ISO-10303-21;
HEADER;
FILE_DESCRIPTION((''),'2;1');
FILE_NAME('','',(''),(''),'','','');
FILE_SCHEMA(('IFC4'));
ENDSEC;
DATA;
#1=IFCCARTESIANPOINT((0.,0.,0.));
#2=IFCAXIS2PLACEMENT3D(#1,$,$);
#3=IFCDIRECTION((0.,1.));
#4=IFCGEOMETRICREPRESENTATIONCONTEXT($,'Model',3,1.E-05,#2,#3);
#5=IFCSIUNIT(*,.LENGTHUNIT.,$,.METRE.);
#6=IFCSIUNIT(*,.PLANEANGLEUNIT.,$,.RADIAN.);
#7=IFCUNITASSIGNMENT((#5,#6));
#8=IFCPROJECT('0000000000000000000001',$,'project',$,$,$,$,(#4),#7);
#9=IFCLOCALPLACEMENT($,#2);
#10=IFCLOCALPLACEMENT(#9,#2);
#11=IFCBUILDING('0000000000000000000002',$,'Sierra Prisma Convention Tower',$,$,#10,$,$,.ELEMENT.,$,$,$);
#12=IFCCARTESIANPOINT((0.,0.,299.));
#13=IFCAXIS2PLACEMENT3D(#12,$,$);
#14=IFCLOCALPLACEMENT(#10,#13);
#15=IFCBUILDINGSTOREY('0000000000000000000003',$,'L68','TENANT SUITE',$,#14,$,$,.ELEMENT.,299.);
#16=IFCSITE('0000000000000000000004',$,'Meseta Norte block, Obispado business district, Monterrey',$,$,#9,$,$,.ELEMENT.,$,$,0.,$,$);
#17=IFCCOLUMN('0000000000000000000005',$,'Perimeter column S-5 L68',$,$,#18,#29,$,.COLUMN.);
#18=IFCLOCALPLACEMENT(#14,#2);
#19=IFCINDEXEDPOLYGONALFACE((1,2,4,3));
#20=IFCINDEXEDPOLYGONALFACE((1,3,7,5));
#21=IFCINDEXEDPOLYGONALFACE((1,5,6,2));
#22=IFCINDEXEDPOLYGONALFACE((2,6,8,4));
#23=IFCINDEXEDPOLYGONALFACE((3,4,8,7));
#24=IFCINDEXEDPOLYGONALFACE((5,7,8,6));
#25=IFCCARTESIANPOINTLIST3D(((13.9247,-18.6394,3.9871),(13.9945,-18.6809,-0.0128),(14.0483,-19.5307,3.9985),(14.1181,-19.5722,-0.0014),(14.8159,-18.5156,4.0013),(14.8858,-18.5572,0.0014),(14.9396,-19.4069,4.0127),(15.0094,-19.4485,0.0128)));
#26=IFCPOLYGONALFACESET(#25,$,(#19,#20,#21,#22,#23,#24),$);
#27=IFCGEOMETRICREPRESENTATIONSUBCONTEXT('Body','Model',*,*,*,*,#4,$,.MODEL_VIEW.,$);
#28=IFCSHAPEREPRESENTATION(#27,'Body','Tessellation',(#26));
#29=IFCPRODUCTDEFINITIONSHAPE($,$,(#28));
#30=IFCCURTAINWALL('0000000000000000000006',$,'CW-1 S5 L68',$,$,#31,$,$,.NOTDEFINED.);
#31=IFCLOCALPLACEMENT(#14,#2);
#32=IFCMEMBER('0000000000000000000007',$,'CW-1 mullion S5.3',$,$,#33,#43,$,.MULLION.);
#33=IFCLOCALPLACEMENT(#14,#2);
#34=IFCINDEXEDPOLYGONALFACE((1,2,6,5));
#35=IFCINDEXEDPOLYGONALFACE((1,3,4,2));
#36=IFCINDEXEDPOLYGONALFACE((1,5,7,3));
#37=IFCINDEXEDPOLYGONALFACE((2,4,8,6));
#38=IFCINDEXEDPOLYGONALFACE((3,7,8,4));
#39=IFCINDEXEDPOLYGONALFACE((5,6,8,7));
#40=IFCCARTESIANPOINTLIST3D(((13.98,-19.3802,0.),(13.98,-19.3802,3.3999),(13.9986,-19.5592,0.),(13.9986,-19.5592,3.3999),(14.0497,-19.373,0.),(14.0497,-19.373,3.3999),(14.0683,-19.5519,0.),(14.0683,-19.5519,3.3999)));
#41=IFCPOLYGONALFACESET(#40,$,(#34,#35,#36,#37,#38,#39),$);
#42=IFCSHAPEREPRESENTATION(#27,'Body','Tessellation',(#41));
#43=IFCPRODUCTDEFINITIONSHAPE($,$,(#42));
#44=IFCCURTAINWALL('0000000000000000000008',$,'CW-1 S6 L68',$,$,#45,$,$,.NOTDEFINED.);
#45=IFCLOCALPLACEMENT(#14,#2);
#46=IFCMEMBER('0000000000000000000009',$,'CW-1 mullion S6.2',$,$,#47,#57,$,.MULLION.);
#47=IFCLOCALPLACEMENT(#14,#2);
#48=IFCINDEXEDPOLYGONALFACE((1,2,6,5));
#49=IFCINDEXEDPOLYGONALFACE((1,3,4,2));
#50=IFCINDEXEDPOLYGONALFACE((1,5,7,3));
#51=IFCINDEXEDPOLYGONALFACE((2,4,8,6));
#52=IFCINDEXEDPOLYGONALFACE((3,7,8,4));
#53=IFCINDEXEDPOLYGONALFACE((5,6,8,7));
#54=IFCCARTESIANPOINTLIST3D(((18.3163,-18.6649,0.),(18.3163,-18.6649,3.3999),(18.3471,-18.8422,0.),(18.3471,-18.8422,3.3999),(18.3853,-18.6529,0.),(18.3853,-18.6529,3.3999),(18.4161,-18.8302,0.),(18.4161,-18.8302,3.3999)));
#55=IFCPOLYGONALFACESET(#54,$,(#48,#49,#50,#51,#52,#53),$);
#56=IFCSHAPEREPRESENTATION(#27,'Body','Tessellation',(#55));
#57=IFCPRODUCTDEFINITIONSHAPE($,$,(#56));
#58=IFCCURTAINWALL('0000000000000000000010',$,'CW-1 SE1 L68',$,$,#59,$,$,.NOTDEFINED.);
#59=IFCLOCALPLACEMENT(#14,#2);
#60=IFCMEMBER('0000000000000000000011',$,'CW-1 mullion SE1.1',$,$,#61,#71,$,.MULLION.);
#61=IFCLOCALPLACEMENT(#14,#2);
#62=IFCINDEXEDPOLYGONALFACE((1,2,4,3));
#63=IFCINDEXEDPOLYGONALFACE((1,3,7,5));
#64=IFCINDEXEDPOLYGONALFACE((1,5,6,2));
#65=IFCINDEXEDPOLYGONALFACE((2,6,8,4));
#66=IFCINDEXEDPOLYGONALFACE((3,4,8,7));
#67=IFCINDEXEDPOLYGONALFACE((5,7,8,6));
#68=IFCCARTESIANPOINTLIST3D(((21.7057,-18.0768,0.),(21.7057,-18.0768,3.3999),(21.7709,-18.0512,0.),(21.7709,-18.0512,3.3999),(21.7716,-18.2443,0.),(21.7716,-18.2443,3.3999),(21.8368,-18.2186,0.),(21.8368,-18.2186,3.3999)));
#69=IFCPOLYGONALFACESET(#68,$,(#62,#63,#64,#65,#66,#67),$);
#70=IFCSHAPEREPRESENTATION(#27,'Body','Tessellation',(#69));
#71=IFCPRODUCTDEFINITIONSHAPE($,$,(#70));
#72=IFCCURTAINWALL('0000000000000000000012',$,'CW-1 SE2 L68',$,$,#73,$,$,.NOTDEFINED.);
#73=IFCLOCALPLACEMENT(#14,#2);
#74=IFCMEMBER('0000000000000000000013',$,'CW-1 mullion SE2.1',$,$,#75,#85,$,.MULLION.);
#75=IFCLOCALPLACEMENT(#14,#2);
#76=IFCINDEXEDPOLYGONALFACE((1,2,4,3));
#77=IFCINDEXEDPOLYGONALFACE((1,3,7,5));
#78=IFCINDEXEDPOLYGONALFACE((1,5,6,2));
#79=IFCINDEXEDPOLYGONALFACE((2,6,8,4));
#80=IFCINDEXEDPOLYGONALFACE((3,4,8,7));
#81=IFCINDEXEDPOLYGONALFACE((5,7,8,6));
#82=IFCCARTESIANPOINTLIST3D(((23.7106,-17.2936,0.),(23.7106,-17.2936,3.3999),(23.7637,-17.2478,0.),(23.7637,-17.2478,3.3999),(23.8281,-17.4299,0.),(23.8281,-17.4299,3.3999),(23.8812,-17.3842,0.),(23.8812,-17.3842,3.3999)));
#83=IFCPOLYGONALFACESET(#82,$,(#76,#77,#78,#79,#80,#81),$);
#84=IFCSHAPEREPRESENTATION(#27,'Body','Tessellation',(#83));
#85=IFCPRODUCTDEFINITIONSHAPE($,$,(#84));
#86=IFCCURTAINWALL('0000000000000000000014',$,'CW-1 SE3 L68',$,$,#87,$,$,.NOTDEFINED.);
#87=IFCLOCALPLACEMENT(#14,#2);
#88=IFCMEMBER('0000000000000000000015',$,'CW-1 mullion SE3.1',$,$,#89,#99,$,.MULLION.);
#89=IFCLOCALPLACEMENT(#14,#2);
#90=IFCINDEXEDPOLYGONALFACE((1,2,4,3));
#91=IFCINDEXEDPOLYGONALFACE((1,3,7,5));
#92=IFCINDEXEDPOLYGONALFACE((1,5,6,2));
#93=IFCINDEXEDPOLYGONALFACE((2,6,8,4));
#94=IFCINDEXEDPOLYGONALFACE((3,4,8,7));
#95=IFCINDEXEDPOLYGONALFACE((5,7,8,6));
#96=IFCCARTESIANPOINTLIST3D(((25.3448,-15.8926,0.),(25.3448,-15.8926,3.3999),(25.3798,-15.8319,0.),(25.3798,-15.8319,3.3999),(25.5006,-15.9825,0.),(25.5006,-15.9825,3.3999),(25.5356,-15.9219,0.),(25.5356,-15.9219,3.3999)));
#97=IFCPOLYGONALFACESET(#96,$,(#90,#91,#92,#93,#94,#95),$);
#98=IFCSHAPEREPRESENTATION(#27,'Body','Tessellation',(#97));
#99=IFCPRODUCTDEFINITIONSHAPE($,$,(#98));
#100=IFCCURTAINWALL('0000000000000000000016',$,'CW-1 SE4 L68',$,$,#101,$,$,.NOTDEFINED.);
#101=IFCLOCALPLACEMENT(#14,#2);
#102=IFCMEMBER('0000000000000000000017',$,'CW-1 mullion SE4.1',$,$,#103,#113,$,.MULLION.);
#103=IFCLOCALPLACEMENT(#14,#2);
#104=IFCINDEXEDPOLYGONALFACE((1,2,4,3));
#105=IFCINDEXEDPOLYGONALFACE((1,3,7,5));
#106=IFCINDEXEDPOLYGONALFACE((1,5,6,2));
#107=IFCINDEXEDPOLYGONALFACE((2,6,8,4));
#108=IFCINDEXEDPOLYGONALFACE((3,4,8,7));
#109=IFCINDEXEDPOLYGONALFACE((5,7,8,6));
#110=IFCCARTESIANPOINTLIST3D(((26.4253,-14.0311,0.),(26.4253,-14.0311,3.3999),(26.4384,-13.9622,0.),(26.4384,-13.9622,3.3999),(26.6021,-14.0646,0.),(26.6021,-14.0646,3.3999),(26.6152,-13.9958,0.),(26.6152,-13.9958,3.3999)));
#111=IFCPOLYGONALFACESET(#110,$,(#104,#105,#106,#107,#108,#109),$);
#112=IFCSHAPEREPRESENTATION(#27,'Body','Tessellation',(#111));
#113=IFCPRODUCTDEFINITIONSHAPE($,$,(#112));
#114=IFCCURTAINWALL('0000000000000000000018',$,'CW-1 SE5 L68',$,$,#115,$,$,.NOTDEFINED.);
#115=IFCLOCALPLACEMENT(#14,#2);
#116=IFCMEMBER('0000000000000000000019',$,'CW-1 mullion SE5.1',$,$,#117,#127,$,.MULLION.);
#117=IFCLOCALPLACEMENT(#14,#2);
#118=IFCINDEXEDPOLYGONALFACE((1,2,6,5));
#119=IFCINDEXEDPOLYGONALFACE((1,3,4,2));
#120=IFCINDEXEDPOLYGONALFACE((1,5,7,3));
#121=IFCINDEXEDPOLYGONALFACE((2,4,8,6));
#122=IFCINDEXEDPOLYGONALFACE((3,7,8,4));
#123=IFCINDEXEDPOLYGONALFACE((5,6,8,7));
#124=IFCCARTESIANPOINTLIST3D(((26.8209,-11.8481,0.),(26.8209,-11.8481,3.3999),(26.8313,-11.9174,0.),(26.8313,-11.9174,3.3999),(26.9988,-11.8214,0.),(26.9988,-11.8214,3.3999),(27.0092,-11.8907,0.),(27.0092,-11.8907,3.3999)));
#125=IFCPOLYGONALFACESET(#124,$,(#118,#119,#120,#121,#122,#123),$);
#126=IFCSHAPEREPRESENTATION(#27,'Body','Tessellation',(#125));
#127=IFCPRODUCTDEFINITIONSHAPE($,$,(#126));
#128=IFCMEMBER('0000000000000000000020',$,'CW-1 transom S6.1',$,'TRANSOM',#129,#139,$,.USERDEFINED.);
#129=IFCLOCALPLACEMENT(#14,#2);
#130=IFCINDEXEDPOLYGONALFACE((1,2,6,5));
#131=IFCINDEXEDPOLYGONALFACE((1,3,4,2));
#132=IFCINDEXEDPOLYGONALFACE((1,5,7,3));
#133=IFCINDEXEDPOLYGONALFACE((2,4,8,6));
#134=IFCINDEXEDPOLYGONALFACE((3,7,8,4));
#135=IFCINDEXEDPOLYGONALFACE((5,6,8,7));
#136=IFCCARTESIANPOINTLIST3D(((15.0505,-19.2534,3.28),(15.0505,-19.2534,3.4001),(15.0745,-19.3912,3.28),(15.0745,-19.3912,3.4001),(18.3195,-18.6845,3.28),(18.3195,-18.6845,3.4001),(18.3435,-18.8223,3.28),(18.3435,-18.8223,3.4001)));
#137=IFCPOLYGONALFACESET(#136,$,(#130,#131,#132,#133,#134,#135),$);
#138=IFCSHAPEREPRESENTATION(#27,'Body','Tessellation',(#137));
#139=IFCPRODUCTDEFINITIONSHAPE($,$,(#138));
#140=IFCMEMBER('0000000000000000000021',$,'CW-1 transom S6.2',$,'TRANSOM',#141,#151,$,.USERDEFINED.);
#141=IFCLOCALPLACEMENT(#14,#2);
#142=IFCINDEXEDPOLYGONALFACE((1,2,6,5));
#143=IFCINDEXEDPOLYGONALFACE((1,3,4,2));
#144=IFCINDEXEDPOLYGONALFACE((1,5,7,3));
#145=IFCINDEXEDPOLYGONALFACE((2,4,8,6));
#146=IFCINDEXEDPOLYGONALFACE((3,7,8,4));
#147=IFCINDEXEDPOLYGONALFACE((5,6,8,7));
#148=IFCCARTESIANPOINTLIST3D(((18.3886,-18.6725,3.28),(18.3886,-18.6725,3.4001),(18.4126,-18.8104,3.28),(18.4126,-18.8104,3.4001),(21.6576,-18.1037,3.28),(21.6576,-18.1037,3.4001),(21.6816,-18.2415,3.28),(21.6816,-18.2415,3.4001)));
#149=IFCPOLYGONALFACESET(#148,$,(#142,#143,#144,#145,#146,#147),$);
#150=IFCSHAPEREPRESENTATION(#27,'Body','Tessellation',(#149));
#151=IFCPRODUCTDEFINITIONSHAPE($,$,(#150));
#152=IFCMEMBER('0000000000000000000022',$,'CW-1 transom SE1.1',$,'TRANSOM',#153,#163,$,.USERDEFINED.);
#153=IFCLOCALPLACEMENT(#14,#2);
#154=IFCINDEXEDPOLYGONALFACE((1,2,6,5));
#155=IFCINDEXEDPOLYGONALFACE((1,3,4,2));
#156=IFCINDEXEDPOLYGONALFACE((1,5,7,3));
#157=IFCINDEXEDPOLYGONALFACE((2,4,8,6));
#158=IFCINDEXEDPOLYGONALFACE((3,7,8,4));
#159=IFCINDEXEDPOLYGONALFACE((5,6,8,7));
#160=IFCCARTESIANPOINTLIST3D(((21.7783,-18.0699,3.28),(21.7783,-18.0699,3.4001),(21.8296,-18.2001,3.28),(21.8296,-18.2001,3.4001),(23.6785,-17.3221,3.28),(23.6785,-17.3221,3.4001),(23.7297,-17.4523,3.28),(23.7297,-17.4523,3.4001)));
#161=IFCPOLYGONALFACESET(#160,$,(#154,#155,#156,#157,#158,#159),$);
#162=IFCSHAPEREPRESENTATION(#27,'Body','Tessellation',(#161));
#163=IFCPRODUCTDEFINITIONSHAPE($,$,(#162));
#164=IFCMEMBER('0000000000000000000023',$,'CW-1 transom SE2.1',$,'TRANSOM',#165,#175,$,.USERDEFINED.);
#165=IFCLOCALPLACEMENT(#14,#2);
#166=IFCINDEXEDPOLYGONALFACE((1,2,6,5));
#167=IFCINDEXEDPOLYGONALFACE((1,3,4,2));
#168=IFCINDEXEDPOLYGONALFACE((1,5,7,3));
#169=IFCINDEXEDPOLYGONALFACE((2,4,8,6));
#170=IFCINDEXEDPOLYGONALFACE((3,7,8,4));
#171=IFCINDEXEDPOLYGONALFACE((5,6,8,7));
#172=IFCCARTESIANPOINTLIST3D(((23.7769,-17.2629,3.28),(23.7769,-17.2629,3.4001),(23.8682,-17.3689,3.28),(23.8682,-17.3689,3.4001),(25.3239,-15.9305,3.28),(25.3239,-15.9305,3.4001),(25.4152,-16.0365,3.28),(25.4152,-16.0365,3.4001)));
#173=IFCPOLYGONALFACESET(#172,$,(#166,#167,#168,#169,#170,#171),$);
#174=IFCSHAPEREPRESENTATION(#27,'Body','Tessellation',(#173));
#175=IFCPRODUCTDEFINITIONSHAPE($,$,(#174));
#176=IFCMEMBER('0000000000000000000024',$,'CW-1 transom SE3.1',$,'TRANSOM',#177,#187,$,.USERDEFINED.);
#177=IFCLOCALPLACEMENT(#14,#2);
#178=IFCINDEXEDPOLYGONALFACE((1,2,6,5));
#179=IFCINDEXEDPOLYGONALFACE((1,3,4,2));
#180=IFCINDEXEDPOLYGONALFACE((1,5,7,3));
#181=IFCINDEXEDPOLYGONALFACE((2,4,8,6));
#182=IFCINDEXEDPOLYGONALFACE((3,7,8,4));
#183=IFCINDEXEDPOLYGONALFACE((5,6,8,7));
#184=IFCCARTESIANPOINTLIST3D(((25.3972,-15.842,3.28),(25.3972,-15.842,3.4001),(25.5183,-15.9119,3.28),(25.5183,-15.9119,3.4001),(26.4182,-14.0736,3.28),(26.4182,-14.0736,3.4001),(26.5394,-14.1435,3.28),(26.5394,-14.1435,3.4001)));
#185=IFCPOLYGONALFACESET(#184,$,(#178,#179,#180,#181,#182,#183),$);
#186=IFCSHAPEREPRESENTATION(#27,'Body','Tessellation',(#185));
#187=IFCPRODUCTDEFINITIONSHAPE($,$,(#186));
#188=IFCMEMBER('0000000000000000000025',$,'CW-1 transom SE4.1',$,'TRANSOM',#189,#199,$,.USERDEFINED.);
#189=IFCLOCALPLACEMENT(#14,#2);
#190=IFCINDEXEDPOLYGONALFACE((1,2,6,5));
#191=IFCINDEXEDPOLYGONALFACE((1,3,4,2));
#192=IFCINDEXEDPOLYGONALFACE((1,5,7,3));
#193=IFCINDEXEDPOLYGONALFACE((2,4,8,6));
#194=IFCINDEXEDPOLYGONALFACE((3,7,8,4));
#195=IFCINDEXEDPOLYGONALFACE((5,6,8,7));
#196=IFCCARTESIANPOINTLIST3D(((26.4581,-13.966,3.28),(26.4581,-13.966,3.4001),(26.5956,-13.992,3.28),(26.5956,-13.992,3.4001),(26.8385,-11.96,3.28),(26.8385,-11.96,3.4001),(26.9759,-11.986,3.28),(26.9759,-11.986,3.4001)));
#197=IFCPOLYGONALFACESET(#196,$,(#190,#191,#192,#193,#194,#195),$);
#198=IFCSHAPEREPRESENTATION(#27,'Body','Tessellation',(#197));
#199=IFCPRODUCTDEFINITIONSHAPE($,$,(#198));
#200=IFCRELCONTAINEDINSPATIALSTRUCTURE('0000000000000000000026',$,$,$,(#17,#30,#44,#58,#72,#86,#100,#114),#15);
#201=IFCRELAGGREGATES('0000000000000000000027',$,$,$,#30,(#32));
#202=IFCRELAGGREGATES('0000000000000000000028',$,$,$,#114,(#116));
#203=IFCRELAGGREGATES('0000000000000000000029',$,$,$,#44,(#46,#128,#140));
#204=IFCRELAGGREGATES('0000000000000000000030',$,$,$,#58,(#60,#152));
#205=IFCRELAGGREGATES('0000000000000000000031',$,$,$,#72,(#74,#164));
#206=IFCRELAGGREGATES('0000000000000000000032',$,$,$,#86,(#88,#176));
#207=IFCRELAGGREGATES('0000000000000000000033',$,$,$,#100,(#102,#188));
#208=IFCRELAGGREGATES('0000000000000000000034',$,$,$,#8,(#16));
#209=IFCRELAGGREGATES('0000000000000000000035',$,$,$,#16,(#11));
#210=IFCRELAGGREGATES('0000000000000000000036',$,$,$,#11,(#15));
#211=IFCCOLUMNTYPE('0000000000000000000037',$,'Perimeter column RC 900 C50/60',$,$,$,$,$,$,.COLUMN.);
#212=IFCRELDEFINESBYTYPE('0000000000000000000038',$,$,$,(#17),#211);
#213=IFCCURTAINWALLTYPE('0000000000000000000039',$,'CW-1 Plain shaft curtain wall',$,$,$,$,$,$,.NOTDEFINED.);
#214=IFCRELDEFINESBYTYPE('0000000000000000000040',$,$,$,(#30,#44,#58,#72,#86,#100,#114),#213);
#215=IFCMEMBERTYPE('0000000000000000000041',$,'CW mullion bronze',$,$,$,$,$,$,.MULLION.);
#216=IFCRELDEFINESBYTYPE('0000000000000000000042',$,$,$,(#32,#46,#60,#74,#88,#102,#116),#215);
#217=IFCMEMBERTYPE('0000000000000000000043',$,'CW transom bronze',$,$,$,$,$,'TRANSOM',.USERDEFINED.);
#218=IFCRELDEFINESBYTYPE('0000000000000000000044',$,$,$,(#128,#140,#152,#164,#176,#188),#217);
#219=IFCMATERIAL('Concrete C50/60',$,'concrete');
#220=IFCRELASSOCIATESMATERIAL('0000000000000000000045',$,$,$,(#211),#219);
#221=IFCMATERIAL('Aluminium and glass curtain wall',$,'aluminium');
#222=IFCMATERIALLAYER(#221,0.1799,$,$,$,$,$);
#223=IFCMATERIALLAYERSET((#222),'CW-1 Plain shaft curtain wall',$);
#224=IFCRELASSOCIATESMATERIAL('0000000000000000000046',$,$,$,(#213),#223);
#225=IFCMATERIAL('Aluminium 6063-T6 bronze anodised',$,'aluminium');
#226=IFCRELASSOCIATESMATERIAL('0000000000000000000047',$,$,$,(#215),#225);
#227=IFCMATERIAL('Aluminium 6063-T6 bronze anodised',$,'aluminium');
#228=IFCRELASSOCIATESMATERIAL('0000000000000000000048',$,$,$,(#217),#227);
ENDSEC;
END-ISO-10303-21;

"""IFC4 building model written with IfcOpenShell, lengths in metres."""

from ifc_helpers import new_model, si_unit, direction, frame, origin, origin_2d, place, context, subcontext, project, spatial, rectangle, extrude, material, layer, layer_set, material_profile, profile_set, type_object, element, aggregate, save


model = new_model("IFC4")

# Units and contexts
model_context = context("Model", 3, precision=1e-05, world=origin(), true_north=direction((0.0, 1.0)))
body_context = subcontext(model_context, "Body", "Model", "MODEL_VIEW")
ifc_project = project(units=[si_unit("LENGTHUNIT", "METRE"), si_unit("PLANEANGLEUNIT", "RADIAN")], contexts=[model_context])

# Site, building, storey
site_placement = place(None, origin())
site = spatial("IfcSite", under=ifc_project, at=site_placement, Name="Meseta Norte block, Obispado business district, Monterrey", CompositionType="ELEMENT", RefElevation=0.0)
building_placement = place(site_placement, origin())
building = spatial("IfcBuilding", under=site, at=building_placement, Name="Sierra Prisma Convention Tower", CompositionType="ELEMENT")
storey_placement = place(building_placement, frame((0.0, 0.0, 299.0)))
storey = spatial("IfcBuildingStorey", under=building, at=storey_placement, Name="L68", Description="TENANT SUITE", CompositionType="ELEMENT", Elevation=299.0)

# Column
ifc_material_1 = material(Name="Concrete C50/60", Category="concrete")
ifc_material_profile_1 = material_profile(ifc_material_1, rectangle(XDim=0.8999, YDim=0.8999, at=origin_2d()), Name="Perimeter column RC 900 C50/60")
ifc_profile_set_1 = profile_set([ifc_material_profile_1], Name="Concrete C50/60")
column_type = type_object("IfcColumnType", Name="Perimeter column RC 900 C50/60", PredefinedType="COLUMN", material=ifc_profile_set_1)
column_placement = place(storey_placement, frame((14.502, -19.0647, 0.0), z_axis=(-0.017452, 0.010374, 0.999794), x_axis=(0.990366, 0.137561, 0.015861)))
element("IfcColumn", 1, at=column_placement, inside=storey, type_object=column_type, Name="Perimeter column S-5 L68", PredefinedType="COLUMN", context=body_context, shape_type="SweptSolid", body=[
    extrude(rectangle(XDim=0.8999, YDim=0.8999, at=origin_2d()), origin(), (0.0, 0.0, 1.0), 4.0007),
])

# Curtain walls, members
ifc_material_2 = material(Name="Aluminium and glass curtain wall", Category="aluminium")
ifc_layer_1 = layer(ifc_material_2, 0.1799)
ifc_layer_set_1 = layer_set([ifc_layer_1], Name="CW-1 Plain shaft curtain wall")
curtain_wall_type = type_object("IfcCurtainWallType", Name="CW-1 Plain shaft curtain wall", PredefinedType="NOTDEFINED", material=ifc_layer_set_1)
curtain_wall_1_placement = place(storey_placement, origin())
curtain_wall_1 = element("IfcCurtainWall", 2, at=curtain_wall_1_placement, inside=storey, type_object=curtain_wall_type, Name="CW-1 S5 L68", PredefinedType="NOTDEFINED")
ifc_material_3 = material(Name="Aluminium 6063-T6 bronze anodised", Category="aluminium")
ifc_material_profile_2 = material_profile(ifc_material_3, rectangle(XDim=0.1799, YDim=0.0701, at=origin_2d()), Name="ALU MULLION 70x180")
ifc_profile_set_2 = profile_set([ifc_material_profile_2], Name="Aluminium 6063-T6 bronze anodised")
member_type_1 = type_object("IfcMemberType", Name="CW mullion bronze", PredefinedType="MULLION", material=ifc_profile_set_2)
member_1_placement = place(storey_placement, frame((14.0242, -19.4661, 0.0), z_axis=(0.0, 0.0, 1.0), x_axis=(-0.103184, 0.994662, 0.0)))
member_1 = element("IfcMember", 3, at=member_1_placement, type_object=member_type_1, Name="CW-1 mullion S5.3", PredefinedType="MULLION", context=body_context, shape_type="SweptSolid", body=[
    extrude(rectangle(XDim=0.1799, YDim=0.0701, at=origin_2d()), origin(), (0.0, 0.0, 1.0), 3.3999),
])
aggregate(curtain_wall_1, [member_1])
curtain_wall_2_placement = place(storey_placement, origin())
curtain_wall_2 = element("IfcCurtainWall", 4, at=curtain_wall_2_placement, inside=storey, type_object=curtain_wall_type, Name="CW-1 S6 L68", PredefinedType="NOTDEFINED")
member_2_placement = place(storey_placement, frame((18.3662, -18.7476, 0.0), z_axis=(0.0, 0.0, 1.0), x_axis=(-0.17143, 0.985196, 0.0)))
member_2 = element("IfcMember", 5, at=member_2_placement, type_object=member_type_1, Name="CW-1 mullion S6.2", PredefinedType="MULLION", context=body_context, shape_type="SweptSolid", body=[
    extrude(rectangle(XDim=0.1799, YDim=0.0701, at=origin_2d()), origin(), (0.0, 0.0, 1.0), 3.3999),
])
curtain_wall_3_placement = place(storey_placement, origin())
curtain_wall_3 = element("IfcCurtainWall", 6, at=curtain_wall_3_placement, inside=storey, type_object=curtain_wall_type, Name="CW-1 SE1 L68", PredefinedType="NOTDEFINED")
member_3_placement = place(storey_placement, frame((21.7712, -18.1477, 0.0), z_axis=(0.0, 0.0, 1.0), x_axis=(-0.366113, 0.93057, 0.0)))
member_3 = element("IfcMember", 7, at=member_3_placement, type_object=member_type_1, Name="CW-1 mullion SE1.1", PredefinedType="MULLION", context=body_context, shape_type="SweptSolid", body=[
    extrude(rectangle(XDim=0.1799, YDim=0.0701, at=origin_2d()), origin(), (0.0, 0.0, 1.0), 3.3999),
])
curtain_wall_4_placement = place(storey_placement, origin())
curtain_wall_4 = element("IfcCurtainWall", 8, at=curtain_wall_4_placement, inside=storey, type_object=curtain_wall_type, Name="CW-1 SE2 L68", PredefinedType="NOTDEFINED")
member_4_placement = place(storey_placement, frame((23.7959, -17.3389, 0.0), z_axis=(0.0, 0.0, 1.0), x_axis=(-0.652602, 0.757701, 0.0)))
member_4 = element("IfcMember", 9, at=member_4_placement, type_object=member_type_1, Name="CW-1 mullion SE2.1", PredefinedType="MULLION", context=body_context, shape_type="SweptSolid", body=[
    extrude(rectangle(XDim=0.1799, YDim=0.0701, at=origin_2d()), origin(), (0.0, 0.0, 1.0), 3.3999),
])
curtain_wall_5_placement = place(storey_placement, origin())
curtain_wall_5 = element("IfcCurtainWall", 10, at=curtain_wall_5_placement, inside=storey, type_object=curtain_wall_type, Name="CW-1 SE3 L68", PredefinedType="NOTDEFINED")
member_5_placement = place(storey_placement, frame((25.4402, -15.9072, 0.0), z_axis=(0.0, 0.0, 1.0), x_axis=(-0.866025, 0.5, 0.0)))
member_5 = element("IfcMember", 11, at=member_5_placement, type_object=member_type_1, Name="CW-1 mullion SE3.1", PredefinedType="MULLION", context=body_context, shape_type="SweptSolid", body=[
    extrude(rectangle(XDim=0.1799, YDim=0.0701, at=origin_2d()), origin(), (0.0, 0.0, 1.0), 3.3999),
])
curtain_wall_6_placement = place(storey_placement, origin())
curtain_wall_6 = element("IfcCurtainWall", 12, at=curtain_wall_6_placement, inside=storey, type_object=curtain_wall_type, Name="CW-1 SE4 L68", PredefinedType="NOTDEFINED")
member_6_placement = place(storey_placement, frame((26.5203, -14.0134, 0.0), z_axis=(0.0, 0.0, 1.0), x_axis=(-0.982489, 0.186319, 0.0)))
member_6 = element("IfcMember", 13, at=member_6_placement, type_object=member_type_1, Name="CW-1 mullion SE4.1", PredefinedType="MULLION", context=body_context, shape_type="SweptSolid", body=[
    extrude(rectangle(XDim=0.1799, YDim=0.0701, at=origin_2d()), origin(), (0.0, 0.0, 1.0), 3.3999),
])
curtain_wall_7_placement = place(storey_placement, origin())
curtain_wall_7 = element("IfcCurtainWall", 14, at=curtain_wall_7_placement, inside=storey, type_object=curtain_wall_type, Name="CW-1 SE5 L68", PredefinedType="NOTDEFINED")
member_7_placement = place(storey_placement, frame((26.915, -11.8694, 0.0), z_axis=(0.0, 0.0, 1.0), x_axis=(-0.988954, -0.148222, 0.0)))
member_7 = element("IfcMember", 15, at=member_7_placement, type_object=member_type_1, Name="CW-1 mullion SE5.1", PredefinedType="MULLION", context=body_context, shape_type="SweptSolid", body=[
    extrude(rectangle(XDim=0.1799, YDim=0.0701, at=origin_2d()), origin(), (0.0, 0.0, 1.0), 3.3999),
])

# Members
ifc_material_4 = material(Name="Aluminium 6063-T6 bronze anodised", Category="aluminium")
ifc_material_profile_3 = material_profile(ifc_material_4, rectangle(XDim=0.1399, YDim=0.1201, at=origin_2d()), Name="ALU TRANSOM 120x140")
ifc_profile_set_3 = profile_set([ifc_material_profile_3], Name="Aluminium 6063-T6 bronze anodised")
member_type_2 = type_object("IfcMemberType", Name="CW transom bronze", ElementType="TRANSOM", PredefinedType="USERDEFINED", material=ifc_profile_set_3)
member_8_placement = place(storey_placement, frame((15.0625, -19.3223, 3.3401), z_axis=(0.985196, 0.171434, 0.0), x_axis=(-0.171434, 0.985196, 0.0)))
member_8 = element("IfcMember", 16, at=member_8_placement, type_object=member_type_2, Name="CW-1 transom S6.1", ObjectType="TRANSOM", PredefinedType="USERDEFINED", context=body_context, shape_type="SweptSolid", body=[
    extrude(rectangle(XDim=0.1399, YDim=0.1201, at=origin_2d()), origin(), (0.0, 0.0, 1.0), 3.3181),
])
member_9_placement = place(storey_placement, frame((18.4006, -18.7415, 3.3401), z_axis=(0.985196, 0.171434, 0.0), x_axis=(-0.171434, 0.985196, 0.0)))
member_9 = element("IfcMember", 17, at=member_9_placement, type_object=member_type_2, Name="CW-1 transom S6.2", ObjectType="TRANSOM", PredefinedType="USERDEFINED", context=body_context, shape_type="SweptSolid", body=[
    extrude(rectangle(XDim=0.1399, YDim=0.1201, at=origin_2d()), origin(), (0.0, 0.0, 1.0), 3.3181),
])
member_10_placement = place(storey_placement, frame((21.804, -18.135, 3.3401), z_axis=(0.930532, 0.366211, 0.0), x_axis=(-0.366211, 0.930532, 0.0)))
member_10 = element("IfcMember", 18, at=member_10_placement, type_object=member_type_2, Name="CW-1 transom SE1.1", ObjectType="TRANSOM", PredefinedType="USERDEFINED", context=body_context, shape_type="SweptSolid", body=[
    extrude(rectangle(XDim=0.1399, YDim=0.1201, at=origin_2d()), origin(), (0.0, 0.0, 1.0), 2.042),
])
member_11_placement = place(storey_placement, frame((23.8225, -17.3159, 3.3401), z_axis=(0.757701, 0.652601, 0.0), x_axis=(-0.652601, 0.757701, 0.0)))
member_11 = element("IfcMember", 19, at=member_11_placement, type_object=member_type_2, Name="CW-1 transom SE2.1", ObjectType="TRANSOM", PredefinedType="USERDEFINED", context=body_context, shape_type="SweptSolid", body=[
    extrude(rectangle(XDim=0.1399, YDim=0.1201, at=origin_2d()), origin(), (0.0, 0.0, 1.0), 2.0417),
])
member_12_placement = place(storey_placement, frame((25.4578, -15.877, 3.3401), z_axis=(0.500023, 0.866012, 0.0), x_axis=(-0.866012, 0.500023, 0.0)))
member_12 = element("IfcMember", 20, at=member_12_placement, type_object=member_type_2, Name="CW-1 transom SE3.1", ObjectType="TRANSOM", PredefinedType="USERDEFINED", context=body_context, shape_type="SweptSolid", body=[
    extrude(rectangle(XDim=0.1399, YDim=0.1201, at=origin_2d()), origin(), (0.0, 0.0, 1.0), 2.042),
])
member_13_placement = place(storey_placement, frame((26.5269, -13.979, 3.3401), z_axis=(0.186288, 0.982495, 0.0), x_axis=(-0.982495, 0.186288, 0.0)))
member_13 = element("IfcMember", 21, at=member_13_placement, type_object=member_type_2, Name="CW-1 transom SE4.1", ObjectType="TRANSOM", PredefinedType="USERDEFINED", context=body_context, shape_type="SweptSolid", body=[
    extrude(rectangle(XDim=0.1399, YDim=0.1201, at=origin_2d()), origin(), (0.0, 0.0, 1.0), 2.0417),
])
aggregate(curtain_wall_7, [member_7])

aggregate(curtain_wall_2, [member_2, member_8, member_9])
aggregate(curtain_wall_3, [member_3, member_10])
aggregate(curtain_wall_4, [member_4, member_11])
aggregate(curtain_wall_5, [member_5, member_12])
aggregate(curtain_wall_6, [member_6, member_13])

save(model, "model.ifc")
